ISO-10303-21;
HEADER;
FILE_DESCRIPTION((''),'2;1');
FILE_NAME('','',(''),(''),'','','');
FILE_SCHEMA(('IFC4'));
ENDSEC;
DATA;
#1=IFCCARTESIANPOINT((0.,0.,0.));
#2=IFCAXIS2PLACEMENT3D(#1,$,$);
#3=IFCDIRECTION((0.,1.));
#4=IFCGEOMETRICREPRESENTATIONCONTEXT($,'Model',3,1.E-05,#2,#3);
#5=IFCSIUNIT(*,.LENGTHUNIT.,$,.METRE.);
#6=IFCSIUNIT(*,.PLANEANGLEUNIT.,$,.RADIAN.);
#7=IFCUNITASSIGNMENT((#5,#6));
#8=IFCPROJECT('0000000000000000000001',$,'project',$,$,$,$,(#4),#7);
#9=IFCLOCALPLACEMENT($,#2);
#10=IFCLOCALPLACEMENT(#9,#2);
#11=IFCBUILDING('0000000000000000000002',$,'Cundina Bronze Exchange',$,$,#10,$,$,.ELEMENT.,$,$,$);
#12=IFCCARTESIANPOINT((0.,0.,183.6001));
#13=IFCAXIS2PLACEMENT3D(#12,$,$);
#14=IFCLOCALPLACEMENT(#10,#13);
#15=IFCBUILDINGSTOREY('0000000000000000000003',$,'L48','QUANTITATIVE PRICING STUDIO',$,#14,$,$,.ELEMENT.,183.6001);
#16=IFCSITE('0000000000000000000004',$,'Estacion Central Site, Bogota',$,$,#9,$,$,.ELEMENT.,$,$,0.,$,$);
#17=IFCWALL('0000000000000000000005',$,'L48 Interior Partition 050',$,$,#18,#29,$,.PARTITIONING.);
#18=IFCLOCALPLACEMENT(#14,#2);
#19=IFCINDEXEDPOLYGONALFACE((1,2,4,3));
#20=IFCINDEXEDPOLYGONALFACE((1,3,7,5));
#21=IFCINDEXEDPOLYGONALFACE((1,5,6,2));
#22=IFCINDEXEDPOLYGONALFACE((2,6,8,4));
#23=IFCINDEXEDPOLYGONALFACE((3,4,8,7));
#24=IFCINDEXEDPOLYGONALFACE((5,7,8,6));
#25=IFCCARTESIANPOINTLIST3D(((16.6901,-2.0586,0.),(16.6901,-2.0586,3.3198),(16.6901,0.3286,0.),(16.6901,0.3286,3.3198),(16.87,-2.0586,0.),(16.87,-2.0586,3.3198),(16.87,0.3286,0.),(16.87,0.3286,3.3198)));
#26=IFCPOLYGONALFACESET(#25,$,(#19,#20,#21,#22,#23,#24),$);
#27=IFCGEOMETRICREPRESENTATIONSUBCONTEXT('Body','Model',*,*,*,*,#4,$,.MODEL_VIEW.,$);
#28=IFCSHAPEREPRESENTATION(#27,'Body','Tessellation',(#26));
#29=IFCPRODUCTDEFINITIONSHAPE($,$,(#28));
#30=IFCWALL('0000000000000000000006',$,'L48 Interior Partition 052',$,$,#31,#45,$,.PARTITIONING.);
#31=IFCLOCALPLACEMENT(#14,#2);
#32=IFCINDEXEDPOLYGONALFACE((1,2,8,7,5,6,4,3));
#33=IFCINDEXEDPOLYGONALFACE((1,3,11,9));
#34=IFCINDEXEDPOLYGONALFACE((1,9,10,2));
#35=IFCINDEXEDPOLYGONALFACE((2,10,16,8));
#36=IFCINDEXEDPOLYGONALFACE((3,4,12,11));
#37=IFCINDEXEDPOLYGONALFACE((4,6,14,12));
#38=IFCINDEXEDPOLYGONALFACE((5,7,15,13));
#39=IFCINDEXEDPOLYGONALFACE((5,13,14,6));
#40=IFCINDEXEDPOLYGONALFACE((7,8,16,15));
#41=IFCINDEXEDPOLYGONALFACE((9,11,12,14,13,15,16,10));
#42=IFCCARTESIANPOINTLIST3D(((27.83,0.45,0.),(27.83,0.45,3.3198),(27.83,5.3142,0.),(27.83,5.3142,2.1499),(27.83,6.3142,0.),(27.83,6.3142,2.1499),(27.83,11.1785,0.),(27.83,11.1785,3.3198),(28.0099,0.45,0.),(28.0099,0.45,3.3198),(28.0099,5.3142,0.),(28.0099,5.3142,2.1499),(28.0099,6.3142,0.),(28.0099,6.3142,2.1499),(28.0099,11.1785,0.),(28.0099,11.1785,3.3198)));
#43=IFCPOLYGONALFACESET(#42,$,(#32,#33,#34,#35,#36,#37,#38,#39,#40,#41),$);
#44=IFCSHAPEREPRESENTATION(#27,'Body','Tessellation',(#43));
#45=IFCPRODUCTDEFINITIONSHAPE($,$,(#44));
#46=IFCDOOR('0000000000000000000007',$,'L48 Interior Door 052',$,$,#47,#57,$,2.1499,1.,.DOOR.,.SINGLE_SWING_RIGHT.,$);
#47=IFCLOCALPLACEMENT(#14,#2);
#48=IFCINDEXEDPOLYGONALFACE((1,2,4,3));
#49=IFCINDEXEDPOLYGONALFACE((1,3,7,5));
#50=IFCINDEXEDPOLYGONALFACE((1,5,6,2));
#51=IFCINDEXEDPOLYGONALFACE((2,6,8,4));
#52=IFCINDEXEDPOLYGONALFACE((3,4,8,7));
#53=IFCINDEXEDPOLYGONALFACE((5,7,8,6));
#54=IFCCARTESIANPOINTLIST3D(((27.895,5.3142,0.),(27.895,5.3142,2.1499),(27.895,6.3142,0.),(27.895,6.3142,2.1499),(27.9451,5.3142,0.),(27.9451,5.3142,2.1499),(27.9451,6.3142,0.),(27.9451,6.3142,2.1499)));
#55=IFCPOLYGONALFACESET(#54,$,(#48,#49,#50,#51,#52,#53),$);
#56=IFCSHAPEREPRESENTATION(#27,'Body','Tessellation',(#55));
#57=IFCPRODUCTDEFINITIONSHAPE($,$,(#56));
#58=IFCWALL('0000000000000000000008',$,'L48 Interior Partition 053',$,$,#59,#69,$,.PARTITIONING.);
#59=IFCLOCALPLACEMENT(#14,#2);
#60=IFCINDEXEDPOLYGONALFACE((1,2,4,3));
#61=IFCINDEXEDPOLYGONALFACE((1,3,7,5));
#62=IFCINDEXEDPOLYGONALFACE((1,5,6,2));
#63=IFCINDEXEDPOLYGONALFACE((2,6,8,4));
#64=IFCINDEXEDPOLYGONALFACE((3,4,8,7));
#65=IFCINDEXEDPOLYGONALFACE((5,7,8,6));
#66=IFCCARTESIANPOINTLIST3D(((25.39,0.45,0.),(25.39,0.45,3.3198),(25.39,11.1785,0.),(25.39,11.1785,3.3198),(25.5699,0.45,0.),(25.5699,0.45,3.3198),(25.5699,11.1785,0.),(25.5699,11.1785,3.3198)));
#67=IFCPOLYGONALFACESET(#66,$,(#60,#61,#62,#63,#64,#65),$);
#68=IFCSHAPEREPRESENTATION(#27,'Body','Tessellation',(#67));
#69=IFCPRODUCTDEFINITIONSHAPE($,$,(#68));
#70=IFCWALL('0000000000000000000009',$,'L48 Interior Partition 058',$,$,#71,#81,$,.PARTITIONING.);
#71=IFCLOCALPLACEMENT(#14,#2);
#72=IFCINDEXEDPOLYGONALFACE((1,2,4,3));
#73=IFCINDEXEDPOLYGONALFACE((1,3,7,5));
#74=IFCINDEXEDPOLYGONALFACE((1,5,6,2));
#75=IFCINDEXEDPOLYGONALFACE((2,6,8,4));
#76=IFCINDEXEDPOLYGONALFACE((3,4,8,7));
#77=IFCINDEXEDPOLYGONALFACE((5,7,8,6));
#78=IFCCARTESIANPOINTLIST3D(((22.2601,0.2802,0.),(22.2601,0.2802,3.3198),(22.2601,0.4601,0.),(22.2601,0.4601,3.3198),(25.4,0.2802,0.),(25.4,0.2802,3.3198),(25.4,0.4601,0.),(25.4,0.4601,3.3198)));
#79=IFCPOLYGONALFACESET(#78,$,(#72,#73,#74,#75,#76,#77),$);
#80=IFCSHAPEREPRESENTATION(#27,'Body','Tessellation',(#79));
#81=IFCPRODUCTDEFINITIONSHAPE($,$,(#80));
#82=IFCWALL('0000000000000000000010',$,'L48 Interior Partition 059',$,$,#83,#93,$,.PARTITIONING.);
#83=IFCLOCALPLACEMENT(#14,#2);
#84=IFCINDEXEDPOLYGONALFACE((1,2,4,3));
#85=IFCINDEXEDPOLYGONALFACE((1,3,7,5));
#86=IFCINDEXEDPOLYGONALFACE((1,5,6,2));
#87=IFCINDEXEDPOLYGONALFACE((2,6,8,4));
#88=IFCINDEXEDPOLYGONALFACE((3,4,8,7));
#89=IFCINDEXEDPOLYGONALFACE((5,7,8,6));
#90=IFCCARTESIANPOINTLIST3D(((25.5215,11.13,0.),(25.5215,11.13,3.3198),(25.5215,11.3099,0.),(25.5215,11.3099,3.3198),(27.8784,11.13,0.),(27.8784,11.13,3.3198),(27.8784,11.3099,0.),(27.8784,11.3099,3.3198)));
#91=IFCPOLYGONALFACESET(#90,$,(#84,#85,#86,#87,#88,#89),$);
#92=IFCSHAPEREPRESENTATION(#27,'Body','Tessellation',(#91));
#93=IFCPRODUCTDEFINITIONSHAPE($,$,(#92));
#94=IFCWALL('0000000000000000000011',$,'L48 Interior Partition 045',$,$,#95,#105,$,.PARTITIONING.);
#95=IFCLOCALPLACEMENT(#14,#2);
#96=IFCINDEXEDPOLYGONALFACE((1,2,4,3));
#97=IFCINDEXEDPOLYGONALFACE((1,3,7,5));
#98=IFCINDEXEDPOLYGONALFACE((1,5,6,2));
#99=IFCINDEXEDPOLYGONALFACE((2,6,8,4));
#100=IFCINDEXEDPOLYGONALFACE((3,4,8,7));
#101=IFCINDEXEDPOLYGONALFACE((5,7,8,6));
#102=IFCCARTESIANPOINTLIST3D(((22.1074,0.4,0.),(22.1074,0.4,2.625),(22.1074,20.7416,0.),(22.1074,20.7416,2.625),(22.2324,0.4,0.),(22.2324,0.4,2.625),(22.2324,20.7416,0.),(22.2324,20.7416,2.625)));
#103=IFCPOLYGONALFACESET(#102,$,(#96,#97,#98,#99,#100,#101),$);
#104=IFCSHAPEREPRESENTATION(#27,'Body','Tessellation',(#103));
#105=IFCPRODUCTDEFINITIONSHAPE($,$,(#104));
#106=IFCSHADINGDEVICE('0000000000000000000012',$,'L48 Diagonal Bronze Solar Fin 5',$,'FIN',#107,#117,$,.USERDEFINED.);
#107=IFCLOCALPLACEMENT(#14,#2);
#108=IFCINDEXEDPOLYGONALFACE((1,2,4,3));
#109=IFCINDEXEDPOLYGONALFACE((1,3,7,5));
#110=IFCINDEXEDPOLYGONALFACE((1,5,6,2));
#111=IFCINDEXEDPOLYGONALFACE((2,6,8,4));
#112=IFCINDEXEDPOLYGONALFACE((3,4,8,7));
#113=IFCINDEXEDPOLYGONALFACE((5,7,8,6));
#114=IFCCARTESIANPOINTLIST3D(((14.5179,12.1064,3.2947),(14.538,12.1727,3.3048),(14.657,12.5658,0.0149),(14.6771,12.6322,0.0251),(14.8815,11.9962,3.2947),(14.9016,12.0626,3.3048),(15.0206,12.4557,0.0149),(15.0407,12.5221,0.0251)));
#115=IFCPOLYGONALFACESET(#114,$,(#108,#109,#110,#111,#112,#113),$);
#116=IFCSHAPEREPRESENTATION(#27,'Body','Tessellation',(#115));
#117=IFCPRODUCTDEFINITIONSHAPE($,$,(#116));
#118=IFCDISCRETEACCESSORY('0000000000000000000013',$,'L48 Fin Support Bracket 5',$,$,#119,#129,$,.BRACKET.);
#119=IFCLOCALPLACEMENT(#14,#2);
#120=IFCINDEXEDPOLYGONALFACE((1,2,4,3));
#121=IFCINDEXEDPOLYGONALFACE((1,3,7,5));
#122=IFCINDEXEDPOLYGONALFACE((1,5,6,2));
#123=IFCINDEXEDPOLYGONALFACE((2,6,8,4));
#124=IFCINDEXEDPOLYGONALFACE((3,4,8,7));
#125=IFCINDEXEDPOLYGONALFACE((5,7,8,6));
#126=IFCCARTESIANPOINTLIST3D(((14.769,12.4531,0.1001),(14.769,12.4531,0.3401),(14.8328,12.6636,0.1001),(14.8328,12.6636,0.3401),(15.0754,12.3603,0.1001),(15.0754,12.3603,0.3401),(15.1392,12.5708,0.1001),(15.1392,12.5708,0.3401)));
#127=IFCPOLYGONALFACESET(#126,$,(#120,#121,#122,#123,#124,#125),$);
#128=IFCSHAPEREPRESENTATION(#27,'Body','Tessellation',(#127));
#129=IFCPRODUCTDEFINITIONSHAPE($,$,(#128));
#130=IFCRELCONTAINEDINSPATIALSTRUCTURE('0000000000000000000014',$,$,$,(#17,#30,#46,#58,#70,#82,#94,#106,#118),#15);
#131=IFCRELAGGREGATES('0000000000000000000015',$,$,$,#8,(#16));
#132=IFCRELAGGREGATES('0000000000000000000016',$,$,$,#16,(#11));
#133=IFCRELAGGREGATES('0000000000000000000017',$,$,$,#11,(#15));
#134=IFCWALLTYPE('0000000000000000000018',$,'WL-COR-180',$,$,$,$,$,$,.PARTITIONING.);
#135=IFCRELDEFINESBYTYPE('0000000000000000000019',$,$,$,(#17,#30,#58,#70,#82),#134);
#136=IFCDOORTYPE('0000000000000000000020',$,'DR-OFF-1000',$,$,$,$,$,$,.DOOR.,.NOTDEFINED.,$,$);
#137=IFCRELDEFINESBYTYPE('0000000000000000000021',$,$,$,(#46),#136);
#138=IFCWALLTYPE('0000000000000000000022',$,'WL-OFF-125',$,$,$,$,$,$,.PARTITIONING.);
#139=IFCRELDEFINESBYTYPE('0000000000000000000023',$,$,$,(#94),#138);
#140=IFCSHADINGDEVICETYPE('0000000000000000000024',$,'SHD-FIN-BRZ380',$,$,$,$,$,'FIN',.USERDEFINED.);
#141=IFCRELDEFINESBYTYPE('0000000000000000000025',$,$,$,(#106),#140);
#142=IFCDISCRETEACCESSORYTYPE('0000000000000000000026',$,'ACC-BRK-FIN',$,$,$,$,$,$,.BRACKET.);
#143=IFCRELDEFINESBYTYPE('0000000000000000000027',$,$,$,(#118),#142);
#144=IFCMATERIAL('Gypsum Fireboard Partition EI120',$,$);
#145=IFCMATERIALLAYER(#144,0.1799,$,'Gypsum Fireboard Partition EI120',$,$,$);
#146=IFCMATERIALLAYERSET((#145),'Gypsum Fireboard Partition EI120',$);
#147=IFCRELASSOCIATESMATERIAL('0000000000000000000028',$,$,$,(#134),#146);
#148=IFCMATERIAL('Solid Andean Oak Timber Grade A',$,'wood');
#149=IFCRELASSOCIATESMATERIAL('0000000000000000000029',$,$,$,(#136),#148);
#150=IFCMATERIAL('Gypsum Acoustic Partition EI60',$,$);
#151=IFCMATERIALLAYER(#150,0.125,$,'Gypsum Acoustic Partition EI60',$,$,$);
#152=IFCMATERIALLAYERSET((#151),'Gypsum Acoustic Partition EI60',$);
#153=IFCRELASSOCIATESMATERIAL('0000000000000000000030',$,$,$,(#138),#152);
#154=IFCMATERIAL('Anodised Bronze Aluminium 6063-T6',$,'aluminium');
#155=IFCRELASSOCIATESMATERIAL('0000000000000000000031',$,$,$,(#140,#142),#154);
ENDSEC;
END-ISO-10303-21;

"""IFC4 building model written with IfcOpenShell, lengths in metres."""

from ifc_helpers import new_model, si_unit, direction, frame, frame_2d, origin, origin_2d, place, context, subcontext, project, spatial, rectangle, extrude, material, layer, layer_set, material_profile, profile_set, type_object, element, fill, save


model = new_model("IFC4")

# Units and contexts
model_context = context("Model", 3, precision=1e-05, world=origin(), true_north=direction((0.0, 1.0)))
body_context = subcontext(model_context, "Body", "Model", "MODEL_VIEW")
ifc_project = project(units=[si_unit("LENGTHUNIT", "METRE"), si_unit("PLANEANGLEUNIT", "RADIAN")], contexts=[model_context])

# Site, building, storey
site_placement = place(None, origin())
site = spatial("IfcSite", under=ifc_project, at=site_placement, Name="Estacion Central Site, Bogota", CompositionType="ELEMENT", RefElevation=0.0)
building_placement = place(site_placement, origin())
building = spatial("IfcBuilding", under=site, at=building_placement, Name="Cundina Bronze Exchange", CompositionType="ELEMENT")
storey_placement = place(building_placement, frame((0.0, 0.0, 183.6001)))
storey = spatial("IfcBuildingStorey", under=building, at=storey_placement, Name="L48", Description="QUANTITATIVE PRICING STUDIO", CompositionType="ELEMENT", Elevation=183.6001)

# Shared definitions
ifc_material_1 = material(Name="Anodised Bronze Aluminium 6063-T6", Category="aluminium")

# Shared definitions
ifc_material_2 = material(Name="Gypsum Fireboard Partition EI120")
ifc_layer_1 = layer(ifc_material_2, 0.1799, Name="Gypsum Fireboard Partition EI120")
ifc_layer_set_1 = layer_set([ifc_layer_1], Name="Gypsum Fireboard Partition EI120")
wall_type_1 = type_object("IfcWallType", Name="WL-COR-180", PredefinedType="PARTITIONING", material=ifc_layer_set_1)
ifc_material_3 = material(Name="Solid Andean Oak Timber Grade A", Category="wood")
door_type = type_object("IfcDoorType", Name="DR-OFF-1000", OperationType="NOTDEFINED", PredefinedType="DOOR", material=ifc_material_3)

# Wall
wall_1_placement = place(storey_placement, frame((16.78, 0.3286, 0.0), z_axis=(0.0, 0.0, 1.0), x_axis=(0.0, -1.0, 0.0)))
element("IfcWall", 1, at=wall_1_placement, inside=storey, type_object=wall_type_1, Name="L48 Interior Partition 050", PredefinedType="PARTITIONING", context=body_context, shape_type="SweptSolid", body=[
    extrude(rectangle(XDim=2.3872, YDim=0.1799, at=frame_2d((1.1936, 0.0))), origin(), (0.0, 0.0, 1.0), 3.3198),
])

# Wall, opening, door
wall_2_placement = place(storey_placement, frame((27.9199, 0.45, 0.0), z_axis=(0.0, 0.0, 1.0), x_axis=(0.0, 1.0, 0.0)))
wall_2 = element("IfcWall", 2, at=wall_2_placement, inside=storey, type_object=wall_type_1, Name="L48 Interior Partition 052", PredefinedType="PARTITIONING", context=body_context, shape_type="SweptSolid", body=[
    extrude(rectangle(XDim=10.7285, YDim=0.1799, at=frame_2d((5.3643, 0.0))), origin(), (0.0, 0.0, 1.0), 3.3198),
])
opening_1_placement = place(wall_2_placement, frame((4.8643, 0.0, 0.0)))
opening_1 = element("IfcOpeningElement", 3, at=opening_1_placement, cuts=wall_2, PredefinedType="OPENING", context=body_context, shape_type="SweptSolid", body=[
    extrude(rectangle(XDim=1.0, YDim=2.1499, at=frame_2d((0.5, 1.075))), frame((0.0, 0.0999, 0.0), z_axis=(0.0, -1.0, 0.0), x_axis=(1.0, 0.0, 0.0)), (0.0, 0.0, 1.0), 0.2),
])
door_1_placement = place(opening_1_placement, origin())
door_1 = element("IfcDoor", 4, at=door_1_placement, inside=storey, type_object=door_type, Name="L48 Interior Door 052", OperationType="SINGLE_SWING_RIGHT", OverallHeight=2.1499, OverallWidth=1.0, PredefinedType="DOOR", context=body_context, shape_type="SweptSolid", body=[
    extrude(rectangle(XDim=1.0, YDim=2.1499, at=frame_2d((0.5, 1.075))), frame((0.0, 0.0249, 0.0), z_axis=(0.0, -1.0, 0.0), x_axis=(1.0, 0.0, 0.0)), (0.0, 0.0, 1.0), 0.05),
])
fill(opening_1, door_1)

# Walls
wall_3_placement = place(storey_placement, frame((25.48, 11.1785, 0.0), z_axis=(0.0, 0.0, 1.0), x_axis=(0.0, -1.0, 0.0)))
element("IfcWall", 5, at=wall_3_placement, inside=storey, type_object=wall_type_1, Name="L48 Interior Partition 053", PredefinedType="PARTITIONING", context=body_context, shape_type="SweptSolid", body=[
    extrude(rectangle(XDim=10.7285, YDim=0.1799, at=frame_2d((5.3643, 0.0))), origin(), (0.0, 0.0, 1.0), 3.3198),
])
wall_4_placement = place(storey_placement, frame((25.3999, 0.3701, 0.0), z_axis=(0.0, 0.0, 1.0), x_axis=(-1.0, 0.0, 0.0)))
element("IfcWall", 6, at=wall_4_placement, inside=storey, type_object=wall_type_1, Name="L48 Interior Partition 058", PredefinedType="PARTITIONING", context=body_context, shape_type="SweptSolid", body=[
    extrude(rectangle(XDim=3.1399, YDim=0.1799, at=frame_2d((1.5698, 0.0))), origin(), (0.0, 0.0, 1.0), 3.3198),
])
wall_5_placement = place(storey_placement, frame((27.8784, 11.22, 0.0), z_axis=(0.0, 0.0, 1.0), x_axis=(-1.0, 0.0, 0.0)))
element("IfcWall", 7, at=wall_5_placement, inside=storey, type_object=wall_type_1, Name="L48 Interior Partition 059", PredefinedType="PARTITIONING", context=body_context, shape_type="SweptSolid", body=[
    extrude(rectangle(XDim=2.3569, YDim=0.1799, at=frame_2d((1.1785, 0.0))), origin(), (0.0, 0.0, 1.0), 3.3198),
])
ifc_material_4 = material(Name="Gypsum Acoustic Partition EI60")
ifc_layer_2 = layer(ifc_material_4, 0.125, Name="Gypsum Acoustic Partition EI60")
ifc_layer_set_2 = layer_set([ifc_layer_2], Name="Gypsum Acoustic Partition EI60")
wall_type_2 = type_object("IfcWallType", Name="WL-OFF-125", PredefinedType="PARTITIONING", material=ifc_layer_set_2)
wall_6_placement = place(storey_placement, frame((22.1699, 0.3999, 0.0), z_axis=(0.0, 0.0, 1.0), x_axis=(0.0, 1.0, 0.0)))
element("IfcWall", 8, at=wall_6_placement, inside=storey, type_object=wall_type_2, Name="L48 Interior Partition 045", PredefinedType="PARTITIONING", context=body_context, shape_type="SweptSolid", body=[
    extrude(rectangle(XDim=20.3416, YDim=0.125, at=frame_2d((10.1709, 0.0))), origin(), (0.0, 0.0, 1.0), 2.625),
])

# Shading device
ifc_material_profile_1 = material_profile(ifc_material_1, rectangle(XDim=0.0701, YDim=0.3799, at=origin_2d()), Name="FIN70X380", Category="aluminium")
ifc_profile_set_1 = profile_set([ifc_material_profile_1], Name="Anodised Bronze Aluminium 6063-T6")
shading_device_type = type_object("IfcShadingDeviceType", Name="SHD-FIN-BRZ380", ElementType="FIN", PredefinedType="USERDEFINED", material=ifc_profile_set_1)
shading_device_placement = place(storey_placement, frame((14.8489, 12.5439, 0.02), z_axis=(-0.041982, -0.138615, 0.989456), x_axis=(0.28681, 0.946976, 0.144833)))
element("IfcShadingDevice", 9, at=shading_device_placement, inside=storey, type_object=shading_device_type, Name="L48 Diagonal Bronze Solar Fin 5", ObjectType="FIN", PredefinedType="USERDEFINED", context=body_context, shape_type="SweptSolid", body=[
    extrude(rectangle(XDim=0.0701, YDim=0.3799, at=origin_2d()), origin(), (0.0, 0.0, 1.0), 3.3147),
])

# Discrete accessory
discrete_accessory_type = type_object("IfcDiscreteAccessoryType", Name="ACC-BRK-FIN", PredefinedType="BRACKET", material=ifc_material_1)
discrete_accessory_placement = place(storey_placement, frame((14.9541, 12.512, 0.1001), z_axis=(0.0, 0.0, 1.0), x_axis=(-0.290051, -0.957011, 0.0)))
element("IfcDiscreteAccessory", 10, at=discrete_accessory_placement, inside=storey, type_object=discrete_accessory_type, Name="L48 Fin Support Bracket 5", PredefinedType="BRACKET", context=body_context, shape_type="SweptSolid", body=[
    extrude(rectangle(XDim=0.22, YDim=0.3201, at=origin_2d()), origin(), (0.0, 0.0, 1.0), 0.24),
])

save(model, "model.ifc")
